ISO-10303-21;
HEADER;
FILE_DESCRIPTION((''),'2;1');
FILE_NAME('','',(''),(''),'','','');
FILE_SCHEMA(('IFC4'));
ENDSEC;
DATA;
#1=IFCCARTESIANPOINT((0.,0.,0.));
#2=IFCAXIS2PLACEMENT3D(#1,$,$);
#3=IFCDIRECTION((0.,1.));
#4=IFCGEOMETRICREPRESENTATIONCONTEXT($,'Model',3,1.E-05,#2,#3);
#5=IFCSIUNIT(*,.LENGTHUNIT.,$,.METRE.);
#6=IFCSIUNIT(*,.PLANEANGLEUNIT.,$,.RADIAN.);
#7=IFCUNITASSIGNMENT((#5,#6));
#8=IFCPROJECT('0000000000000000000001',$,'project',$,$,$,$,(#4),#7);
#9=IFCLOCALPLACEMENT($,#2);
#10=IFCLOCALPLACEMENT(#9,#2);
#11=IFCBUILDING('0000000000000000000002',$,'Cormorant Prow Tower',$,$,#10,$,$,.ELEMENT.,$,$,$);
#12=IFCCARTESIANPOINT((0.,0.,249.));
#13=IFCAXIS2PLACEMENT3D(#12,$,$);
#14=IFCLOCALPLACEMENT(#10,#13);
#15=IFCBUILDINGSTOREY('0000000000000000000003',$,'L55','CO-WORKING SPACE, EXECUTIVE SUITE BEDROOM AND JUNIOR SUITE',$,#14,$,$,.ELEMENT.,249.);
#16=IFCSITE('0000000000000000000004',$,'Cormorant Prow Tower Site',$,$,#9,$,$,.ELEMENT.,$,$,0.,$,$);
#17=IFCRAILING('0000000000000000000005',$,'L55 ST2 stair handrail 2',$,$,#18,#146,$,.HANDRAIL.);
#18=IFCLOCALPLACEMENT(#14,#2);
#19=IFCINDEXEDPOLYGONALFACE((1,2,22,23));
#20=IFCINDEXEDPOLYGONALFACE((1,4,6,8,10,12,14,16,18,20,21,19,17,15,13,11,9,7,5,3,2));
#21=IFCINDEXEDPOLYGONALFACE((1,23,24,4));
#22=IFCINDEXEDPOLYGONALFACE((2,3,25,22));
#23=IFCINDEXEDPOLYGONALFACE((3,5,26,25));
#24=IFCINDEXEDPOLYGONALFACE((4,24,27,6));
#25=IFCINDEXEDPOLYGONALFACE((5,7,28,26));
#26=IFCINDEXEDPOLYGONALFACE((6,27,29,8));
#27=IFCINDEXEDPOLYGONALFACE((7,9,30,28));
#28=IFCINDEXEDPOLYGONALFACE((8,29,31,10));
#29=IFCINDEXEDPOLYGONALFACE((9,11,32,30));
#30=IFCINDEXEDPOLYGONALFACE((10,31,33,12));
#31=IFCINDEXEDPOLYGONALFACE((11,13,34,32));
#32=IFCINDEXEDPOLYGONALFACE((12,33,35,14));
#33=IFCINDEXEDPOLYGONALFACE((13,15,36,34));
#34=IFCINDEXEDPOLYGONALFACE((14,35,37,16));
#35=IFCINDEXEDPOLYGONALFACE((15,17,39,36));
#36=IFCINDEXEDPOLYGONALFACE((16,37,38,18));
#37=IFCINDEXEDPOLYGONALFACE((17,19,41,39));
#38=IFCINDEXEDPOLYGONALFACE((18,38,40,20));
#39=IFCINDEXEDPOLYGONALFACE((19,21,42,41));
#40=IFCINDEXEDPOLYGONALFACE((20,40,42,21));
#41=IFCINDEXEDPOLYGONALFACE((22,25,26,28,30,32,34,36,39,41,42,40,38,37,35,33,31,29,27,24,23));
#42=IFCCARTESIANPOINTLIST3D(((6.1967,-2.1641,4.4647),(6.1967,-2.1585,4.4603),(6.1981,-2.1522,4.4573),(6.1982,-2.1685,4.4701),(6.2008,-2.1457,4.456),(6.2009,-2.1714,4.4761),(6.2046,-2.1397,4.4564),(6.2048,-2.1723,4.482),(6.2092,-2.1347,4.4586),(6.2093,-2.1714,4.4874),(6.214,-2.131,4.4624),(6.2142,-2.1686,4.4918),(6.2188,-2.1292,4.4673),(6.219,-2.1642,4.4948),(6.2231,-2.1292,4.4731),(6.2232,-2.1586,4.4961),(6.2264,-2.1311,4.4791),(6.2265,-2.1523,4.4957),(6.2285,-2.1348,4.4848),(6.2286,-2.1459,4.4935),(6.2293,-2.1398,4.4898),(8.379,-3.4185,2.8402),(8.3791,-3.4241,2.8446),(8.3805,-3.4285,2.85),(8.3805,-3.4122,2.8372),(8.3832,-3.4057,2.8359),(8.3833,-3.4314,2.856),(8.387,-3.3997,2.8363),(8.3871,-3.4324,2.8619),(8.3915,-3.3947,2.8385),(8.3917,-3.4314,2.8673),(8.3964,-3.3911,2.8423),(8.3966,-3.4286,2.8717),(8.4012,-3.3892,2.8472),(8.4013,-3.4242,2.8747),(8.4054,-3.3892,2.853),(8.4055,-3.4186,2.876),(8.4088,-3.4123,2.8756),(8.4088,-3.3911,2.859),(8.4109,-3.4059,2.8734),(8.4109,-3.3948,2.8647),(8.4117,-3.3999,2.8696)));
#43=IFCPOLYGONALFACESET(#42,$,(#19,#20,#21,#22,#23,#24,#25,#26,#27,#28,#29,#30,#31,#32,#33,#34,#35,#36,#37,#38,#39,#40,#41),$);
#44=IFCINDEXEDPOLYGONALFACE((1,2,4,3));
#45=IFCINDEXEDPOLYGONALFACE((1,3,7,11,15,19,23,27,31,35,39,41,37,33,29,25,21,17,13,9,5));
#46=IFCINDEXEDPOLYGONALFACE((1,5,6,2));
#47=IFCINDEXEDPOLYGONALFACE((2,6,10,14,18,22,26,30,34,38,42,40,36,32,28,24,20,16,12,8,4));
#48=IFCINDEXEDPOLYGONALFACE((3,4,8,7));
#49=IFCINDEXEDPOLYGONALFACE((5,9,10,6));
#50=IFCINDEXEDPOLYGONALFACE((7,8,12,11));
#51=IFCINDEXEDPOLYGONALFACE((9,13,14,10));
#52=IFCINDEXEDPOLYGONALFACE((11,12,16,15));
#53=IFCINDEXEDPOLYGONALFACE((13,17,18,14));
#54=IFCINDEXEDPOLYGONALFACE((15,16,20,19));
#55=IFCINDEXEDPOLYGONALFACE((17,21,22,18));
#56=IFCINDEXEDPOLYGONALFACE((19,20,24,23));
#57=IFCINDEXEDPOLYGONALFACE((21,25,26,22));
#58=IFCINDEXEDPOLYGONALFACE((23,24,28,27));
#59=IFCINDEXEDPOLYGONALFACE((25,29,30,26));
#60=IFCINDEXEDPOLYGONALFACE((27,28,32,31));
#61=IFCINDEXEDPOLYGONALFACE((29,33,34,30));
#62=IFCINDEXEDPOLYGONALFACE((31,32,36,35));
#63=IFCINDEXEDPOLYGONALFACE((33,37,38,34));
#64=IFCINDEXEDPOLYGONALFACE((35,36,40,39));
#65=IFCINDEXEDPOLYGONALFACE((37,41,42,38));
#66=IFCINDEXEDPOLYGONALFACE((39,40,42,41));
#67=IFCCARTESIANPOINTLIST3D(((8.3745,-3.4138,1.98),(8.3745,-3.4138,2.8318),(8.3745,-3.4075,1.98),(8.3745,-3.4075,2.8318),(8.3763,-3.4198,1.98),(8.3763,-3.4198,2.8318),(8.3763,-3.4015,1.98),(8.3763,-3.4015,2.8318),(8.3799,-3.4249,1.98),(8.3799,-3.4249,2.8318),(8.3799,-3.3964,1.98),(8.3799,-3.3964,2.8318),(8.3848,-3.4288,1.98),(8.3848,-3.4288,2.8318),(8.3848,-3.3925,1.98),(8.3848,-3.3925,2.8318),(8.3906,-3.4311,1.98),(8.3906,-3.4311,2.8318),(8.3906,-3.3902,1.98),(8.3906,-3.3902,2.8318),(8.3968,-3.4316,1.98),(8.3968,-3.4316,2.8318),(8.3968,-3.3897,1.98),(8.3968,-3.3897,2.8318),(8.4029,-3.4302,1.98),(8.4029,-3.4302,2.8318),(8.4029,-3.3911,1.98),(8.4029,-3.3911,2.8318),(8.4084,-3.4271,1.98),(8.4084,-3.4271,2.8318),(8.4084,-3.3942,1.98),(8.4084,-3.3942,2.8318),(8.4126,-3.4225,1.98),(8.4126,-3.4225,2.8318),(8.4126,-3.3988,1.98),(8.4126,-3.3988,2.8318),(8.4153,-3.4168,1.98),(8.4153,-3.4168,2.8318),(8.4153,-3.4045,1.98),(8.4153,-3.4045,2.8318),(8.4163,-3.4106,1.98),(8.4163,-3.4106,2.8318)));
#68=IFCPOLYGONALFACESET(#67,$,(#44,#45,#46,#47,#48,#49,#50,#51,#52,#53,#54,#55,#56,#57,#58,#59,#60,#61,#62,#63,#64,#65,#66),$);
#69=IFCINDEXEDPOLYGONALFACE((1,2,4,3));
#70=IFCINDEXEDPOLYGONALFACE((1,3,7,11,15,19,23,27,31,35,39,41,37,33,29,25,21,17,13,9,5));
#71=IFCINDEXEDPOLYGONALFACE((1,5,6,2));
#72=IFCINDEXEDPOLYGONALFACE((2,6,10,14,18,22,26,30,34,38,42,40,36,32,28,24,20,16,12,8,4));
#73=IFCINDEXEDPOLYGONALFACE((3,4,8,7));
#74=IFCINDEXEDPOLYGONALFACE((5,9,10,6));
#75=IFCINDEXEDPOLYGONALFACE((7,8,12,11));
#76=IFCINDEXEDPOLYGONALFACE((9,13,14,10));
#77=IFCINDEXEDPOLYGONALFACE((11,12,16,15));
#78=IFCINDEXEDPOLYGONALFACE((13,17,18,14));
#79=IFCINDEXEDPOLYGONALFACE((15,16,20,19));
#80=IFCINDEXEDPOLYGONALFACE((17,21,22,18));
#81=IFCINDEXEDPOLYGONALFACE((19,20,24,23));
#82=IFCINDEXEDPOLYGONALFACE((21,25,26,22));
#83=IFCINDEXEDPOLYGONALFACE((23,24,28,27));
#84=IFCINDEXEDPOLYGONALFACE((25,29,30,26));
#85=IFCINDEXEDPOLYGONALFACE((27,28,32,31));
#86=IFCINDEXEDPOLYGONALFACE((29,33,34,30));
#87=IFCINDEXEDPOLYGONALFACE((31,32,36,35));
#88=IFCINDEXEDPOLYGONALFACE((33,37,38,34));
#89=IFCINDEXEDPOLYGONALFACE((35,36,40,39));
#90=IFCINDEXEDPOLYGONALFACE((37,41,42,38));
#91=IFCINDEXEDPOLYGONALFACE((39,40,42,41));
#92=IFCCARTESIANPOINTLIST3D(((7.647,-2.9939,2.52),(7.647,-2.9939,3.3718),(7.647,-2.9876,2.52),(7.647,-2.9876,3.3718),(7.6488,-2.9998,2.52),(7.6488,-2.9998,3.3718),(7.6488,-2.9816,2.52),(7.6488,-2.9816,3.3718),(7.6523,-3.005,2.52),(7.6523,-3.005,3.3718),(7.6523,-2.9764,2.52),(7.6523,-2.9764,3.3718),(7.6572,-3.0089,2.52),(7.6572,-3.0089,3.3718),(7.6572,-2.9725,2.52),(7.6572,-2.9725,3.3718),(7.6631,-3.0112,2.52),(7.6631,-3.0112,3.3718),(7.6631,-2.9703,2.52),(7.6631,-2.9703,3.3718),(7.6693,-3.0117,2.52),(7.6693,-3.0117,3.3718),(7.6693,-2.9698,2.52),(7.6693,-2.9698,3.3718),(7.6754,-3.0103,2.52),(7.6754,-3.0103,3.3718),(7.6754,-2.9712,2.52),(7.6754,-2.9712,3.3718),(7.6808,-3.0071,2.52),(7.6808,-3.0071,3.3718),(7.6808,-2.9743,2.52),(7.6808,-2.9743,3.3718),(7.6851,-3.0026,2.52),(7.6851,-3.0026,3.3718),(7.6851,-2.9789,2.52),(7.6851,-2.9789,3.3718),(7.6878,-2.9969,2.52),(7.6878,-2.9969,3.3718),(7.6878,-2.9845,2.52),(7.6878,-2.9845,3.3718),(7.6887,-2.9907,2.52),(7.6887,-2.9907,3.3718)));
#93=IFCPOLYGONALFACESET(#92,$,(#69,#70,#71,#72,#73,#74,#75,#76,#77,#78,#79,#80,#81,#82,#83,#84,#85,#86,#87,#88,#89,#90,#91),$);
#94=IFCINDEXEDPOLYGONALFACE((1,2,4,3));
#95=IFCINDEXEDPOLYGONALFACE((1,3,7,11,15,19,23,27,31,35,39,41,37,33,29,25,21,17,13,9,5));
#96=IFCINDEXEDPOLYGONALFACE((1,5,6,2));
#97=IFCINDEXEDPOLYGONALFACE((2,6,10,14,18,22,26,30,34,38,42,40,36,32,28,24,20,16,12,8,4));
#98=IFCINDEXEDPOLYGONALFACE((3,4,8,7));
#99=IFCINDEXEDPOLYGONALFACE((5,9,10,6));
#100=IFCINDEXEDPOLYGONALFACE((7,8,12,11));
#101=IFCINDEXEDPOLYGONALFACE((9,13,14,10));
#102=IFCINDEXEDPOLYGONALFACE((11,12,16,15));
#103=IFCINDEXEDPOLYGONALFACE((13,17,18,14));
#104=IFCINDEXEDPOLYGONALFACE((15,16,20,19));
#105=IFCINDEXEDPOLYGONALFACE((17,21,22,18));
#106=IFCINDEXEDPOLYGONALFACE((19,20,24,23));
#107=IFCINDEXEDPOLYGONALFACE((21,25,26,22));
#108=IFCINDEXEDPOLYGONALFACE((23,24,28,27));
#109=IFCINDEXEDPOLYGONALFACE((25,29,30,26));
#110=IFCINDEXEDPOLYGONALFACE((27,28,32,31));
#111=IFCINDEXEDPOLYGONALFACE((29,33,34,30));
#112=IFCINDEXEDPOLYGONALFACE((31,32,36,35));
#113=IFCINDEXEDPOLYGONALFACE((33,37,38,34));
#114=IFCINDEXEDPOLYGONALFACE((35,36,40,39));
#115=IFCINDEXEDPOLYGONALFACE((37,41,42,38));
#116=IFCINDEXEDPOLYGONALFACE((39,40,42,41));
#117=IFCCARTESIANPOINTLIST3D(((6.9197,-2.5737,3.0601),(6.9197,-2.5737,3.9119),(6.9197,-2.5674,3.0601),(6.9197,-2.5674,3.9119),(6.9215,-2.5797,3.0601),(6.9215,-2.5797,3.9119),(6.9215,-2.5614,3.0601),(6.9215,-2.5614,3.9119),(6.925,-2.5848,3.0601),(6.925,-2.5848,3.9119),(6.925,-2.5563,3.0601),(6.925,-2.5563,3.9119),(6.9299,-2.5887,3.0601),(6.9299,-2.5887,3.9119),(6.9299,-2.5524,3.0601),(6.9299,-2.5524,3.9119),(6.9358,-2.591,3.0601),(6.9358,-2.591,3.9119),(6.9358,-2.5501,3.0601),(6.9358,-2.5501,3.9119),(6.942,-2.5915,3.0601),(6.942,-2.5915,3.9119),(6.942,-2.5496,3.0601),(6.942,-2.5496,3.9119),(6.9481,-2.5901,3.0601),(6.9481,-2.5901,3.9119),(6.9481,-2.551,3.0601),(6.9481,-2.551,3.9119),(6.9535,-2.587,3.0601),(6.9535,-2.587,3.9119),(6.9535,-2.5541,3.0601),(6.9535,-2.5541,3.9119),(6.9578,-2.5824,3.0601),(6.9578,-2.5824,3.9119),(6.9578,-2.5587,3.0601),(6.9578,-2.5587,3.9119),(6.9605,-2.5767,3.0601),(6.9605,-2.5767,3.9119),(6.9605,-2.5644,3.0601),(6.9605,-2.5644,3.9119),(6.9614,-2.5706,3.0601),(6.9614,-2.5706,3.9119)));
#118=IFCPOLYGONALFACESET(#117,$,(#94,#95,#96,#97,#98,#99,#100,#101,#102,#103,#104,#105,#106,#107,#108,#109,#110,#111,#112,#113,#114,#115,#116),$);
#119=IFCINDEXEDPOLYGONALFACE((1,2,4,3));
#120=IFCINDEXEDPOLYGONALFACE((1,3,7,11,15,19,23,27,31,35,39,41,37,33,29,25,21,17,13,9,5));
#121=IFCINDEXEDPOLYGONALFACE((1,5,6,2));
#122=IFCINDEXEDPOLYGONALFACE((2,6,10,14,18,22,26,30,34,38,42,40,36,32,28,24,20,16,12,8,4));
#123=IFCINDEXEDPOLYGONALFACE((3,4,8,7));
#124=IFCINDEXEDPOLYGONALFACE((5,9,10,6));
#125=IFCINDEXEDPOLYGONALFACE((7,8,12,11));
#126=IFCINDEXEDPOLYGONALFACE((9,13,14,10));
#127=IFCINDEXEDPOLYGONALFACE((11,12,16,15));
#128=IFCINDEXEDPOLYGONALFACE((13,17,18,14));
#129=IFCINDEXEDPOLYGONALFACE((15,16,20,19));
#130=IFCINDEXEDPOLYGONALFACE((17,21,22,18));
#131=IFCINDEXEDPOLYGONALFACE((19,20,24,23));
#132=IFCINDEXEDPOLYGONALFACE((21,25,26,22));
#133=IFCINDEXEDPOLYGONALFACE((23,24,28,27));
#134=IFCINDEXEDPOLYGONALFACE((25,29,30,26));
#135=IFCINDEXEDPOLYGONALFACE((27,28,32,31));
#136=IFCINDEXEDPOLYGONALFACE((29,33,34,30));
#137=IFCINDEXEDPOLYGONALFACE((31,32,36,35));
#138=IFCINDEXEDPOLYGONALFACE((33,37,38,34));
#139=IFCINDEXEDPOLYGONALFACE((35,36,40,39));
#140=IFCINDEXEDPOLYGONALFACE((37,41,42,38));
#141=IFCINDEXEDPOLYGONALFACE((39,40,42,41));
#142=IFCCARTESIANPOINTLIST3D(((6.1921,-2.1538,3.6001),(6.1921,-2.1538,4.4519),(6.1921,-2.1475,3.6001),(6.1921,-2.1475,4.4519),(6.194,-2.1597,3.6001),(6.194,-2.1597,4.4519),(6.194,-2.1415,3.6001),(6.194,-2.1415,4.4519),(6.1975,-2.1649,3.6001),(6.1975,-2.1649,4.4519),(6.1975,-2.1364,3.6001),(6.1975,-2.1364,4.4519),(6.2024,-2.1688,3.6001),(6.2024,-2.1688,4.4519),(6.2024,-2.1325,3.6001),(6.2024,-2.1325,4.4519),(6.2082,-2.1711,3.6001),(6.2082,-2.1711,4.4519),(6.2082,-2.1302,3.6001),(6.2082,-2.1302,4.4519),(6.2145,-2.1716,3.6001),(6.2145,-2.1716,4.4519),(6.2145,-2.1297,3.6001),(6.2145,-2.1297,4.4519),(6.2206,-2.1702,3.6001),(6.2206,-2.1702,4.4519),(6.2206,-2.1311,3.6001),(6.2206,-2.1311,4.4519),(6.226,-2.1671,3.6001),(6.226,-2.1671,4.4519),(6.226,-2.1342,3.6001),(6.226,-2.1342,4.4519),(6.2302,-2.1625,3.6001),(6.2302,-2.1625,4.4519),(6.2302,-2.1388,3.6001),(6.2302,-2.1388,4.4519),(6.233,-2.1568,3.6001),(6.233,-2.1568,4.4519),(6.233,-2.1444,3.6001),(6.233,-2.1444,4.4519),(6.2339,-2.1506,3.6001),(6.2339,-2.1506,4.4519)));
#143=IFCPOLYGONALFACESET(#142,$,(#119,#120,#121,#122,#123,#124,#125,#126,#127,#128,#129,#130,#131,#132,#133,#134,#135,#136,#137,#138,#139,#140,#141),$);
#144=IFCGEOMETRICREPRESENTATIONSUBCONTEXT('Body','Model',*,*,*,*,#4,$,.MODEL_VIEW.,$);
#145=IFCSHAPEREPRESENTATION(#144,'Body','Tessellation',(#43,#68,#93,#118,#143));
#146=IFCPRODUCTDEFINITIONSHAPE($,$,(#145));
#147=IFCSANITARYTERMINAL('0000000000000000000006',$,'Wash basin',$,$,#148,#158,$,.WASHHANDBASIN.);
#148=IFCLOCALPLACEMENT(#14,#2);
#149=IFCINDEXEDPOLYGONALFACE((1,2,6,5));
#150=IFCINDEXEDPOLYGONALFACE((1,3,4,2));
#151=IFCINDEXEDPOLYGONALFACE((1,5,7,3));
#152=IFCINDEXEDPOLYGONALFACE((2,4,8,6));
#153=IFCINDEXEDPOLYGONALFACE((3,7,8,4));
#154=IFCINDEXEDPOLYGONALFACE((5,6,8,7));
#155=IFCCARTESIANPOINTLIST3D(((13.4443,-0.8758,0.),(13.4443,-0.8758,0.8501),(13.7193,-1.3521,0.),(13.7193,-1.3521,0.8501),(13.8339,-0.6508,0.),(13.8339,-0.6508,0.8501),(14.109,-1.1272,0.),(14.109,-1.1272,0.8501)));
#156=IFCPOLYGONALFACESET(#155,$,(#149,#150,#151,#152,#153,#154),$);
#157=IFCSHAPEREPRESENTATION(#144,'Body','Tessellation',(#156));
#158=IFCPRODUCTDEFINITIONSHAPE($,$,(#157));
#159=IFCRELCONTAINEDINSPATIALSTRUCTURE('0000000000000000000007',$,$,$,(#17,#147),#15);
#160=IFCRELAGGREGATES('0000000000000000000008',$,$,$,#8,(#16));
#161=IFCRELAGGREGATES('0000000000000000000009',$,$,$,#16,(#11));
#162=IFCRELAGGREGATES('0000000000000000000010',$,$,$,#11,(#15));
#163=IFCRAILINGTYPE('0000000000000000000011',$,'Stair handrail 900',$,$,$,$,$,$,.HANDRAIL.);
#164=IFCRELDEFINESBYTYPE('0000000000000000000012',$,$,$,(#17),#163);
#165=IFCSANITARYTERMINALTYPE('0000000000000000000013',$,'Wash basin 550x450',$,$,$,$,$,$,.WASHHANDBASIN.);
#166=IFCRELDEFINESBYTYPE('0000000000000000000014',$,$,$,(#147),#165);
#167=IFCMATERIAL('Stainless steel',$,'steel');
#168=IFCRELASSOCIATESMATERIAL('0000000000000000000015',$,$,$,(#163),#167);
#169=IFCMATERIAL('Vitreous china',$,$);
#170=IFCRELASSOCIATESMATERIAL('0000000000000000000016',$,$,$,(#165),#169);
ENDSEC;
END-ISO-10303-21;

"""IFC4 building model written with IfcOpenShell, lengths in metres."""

from ifc_helpers import new_model, si_unit, direction, frame, origin, origin_2d, place, context, subcontext, project, spatial, rectangle, circle, extrude, material, type_object, element, save


model = new_model("IFC4")

# Units and contexts
model_context = context("Model", 3, precision=1e-05, world=origin(), true_north=direction((0.0, 1.0)))
body_context = subcontext(model_context, "Body", "Model", "MODEL_VIEW")
ifc_project = project(units=[si_unit("LENGTHUNIT", "METRE"), si_unit("PLANEANGLEUNIT", "RADIAN")], contexts=[model_context])

# Site, building, storey
site_placement = place(None, origin())
site = spatial("IfcSite", under=ifc_project, at=site_placement, Name="Cormorant Prow Tower Site", CompositionType="ELEMENT", RefElevation=0.0)
building_placement = place(site_placement, origin())
building = spatial("IfcBuilding", under=site, at=building_placement, Name="Cormorant Prow Tower", CompositionType="ELEMENT")
storey_placement = place(building_placement, frame((0.0, 0.0, 249.0)))
storey = spatial("IfcBuildingStorey", under=building, at=storey_placement, Name="L55", Description="CO-WORKING SPACE, EXECUTIVE SUITE BEDROOM AND JUNIOR SUITE", CompositionType="ELEMENT", Elevation=249.0)

# Railing
ifc_material_1 = material(Name="Stainless steel", Category="steel")
railing_type_1 = type_object("IfcRailingType", Name="Stair handrail 900", PredefinedType="HANDRAIL", material=ifc_material_1)
railing_1_placement = place(storey_placement, frame((8.3953, -3.4106, 1.98)))
element("IfcRailing", 1, at=railing_1_placement, inside=storey, type_object=railing_type_1, Name="L55 ST2 stair handrail 2", PredefinedType="HANDRAIL", context=body_context, shape_type="SweptSolid", body=[
    extrude(circle(Radius=0.0239, at=origin_2d()), frame((0.0, 0.0, 0.876), z_axis=(-0.728464, 0.420584, 0.540786), x_axis=(-0.500005, -0.866023, 0.0)), (0.0, 0.0, 1.0), 2.9958),
    extrude(circle(Radius=0.021, at=origin_2d()), origin(), (0.0, 0.0, 1.0), 0.8518),
    extrude(circle(Radius=0.021, at=origin_2d()), frame((-0.7275, 0.4199, 0.54)), (0.0, 0.0, 1.0), 0.8518),
    extrude(circle(Radius=0.021, at=origin_2d()), frame((-1.4548, 0.8401, 1.0801)), (0.0, 0.0, 1.0), 0.8518),
    extrude(circle(Radius=0.021, at=origin_2d()), frame((-2.1824, 1.26, 1.6201)), (0.0, 0.0, 1.0), 0.8518),
])

# Sanitary terminal
ifc_material_2 = material(Name="Vitreous china")
sanitary_terminal_type = type_object("IfcSanitaryTerminalType", Name="Wash basin 550x450", PredefinedType="WASHHANDBASIN", material=ifc_material_2)
sanitary_terminal_placement = place(storey_placement, frame((13.7766, -1.0015, 0.0), z_axis=(0.0, 0.0, 1.0), x_axis=(-0.5, 0.866025, 0.0)))
element("IfcSanitaryTerminal", 2, at=sanitary_terminal_placement, inside=storey, type_object=sanitary_terminal_type, Name="Wash basin", PredefinedType="WASHHANDBASIN", context=body_context, shape_type="SweptSolid", body=[
    extrude(rectangle(XDim=0.55, YDim=0.45, at=origin_2d()), origin(), (0.0, 0.0, 1.0), 0.8501),
])

save(model, "model.ifc")
